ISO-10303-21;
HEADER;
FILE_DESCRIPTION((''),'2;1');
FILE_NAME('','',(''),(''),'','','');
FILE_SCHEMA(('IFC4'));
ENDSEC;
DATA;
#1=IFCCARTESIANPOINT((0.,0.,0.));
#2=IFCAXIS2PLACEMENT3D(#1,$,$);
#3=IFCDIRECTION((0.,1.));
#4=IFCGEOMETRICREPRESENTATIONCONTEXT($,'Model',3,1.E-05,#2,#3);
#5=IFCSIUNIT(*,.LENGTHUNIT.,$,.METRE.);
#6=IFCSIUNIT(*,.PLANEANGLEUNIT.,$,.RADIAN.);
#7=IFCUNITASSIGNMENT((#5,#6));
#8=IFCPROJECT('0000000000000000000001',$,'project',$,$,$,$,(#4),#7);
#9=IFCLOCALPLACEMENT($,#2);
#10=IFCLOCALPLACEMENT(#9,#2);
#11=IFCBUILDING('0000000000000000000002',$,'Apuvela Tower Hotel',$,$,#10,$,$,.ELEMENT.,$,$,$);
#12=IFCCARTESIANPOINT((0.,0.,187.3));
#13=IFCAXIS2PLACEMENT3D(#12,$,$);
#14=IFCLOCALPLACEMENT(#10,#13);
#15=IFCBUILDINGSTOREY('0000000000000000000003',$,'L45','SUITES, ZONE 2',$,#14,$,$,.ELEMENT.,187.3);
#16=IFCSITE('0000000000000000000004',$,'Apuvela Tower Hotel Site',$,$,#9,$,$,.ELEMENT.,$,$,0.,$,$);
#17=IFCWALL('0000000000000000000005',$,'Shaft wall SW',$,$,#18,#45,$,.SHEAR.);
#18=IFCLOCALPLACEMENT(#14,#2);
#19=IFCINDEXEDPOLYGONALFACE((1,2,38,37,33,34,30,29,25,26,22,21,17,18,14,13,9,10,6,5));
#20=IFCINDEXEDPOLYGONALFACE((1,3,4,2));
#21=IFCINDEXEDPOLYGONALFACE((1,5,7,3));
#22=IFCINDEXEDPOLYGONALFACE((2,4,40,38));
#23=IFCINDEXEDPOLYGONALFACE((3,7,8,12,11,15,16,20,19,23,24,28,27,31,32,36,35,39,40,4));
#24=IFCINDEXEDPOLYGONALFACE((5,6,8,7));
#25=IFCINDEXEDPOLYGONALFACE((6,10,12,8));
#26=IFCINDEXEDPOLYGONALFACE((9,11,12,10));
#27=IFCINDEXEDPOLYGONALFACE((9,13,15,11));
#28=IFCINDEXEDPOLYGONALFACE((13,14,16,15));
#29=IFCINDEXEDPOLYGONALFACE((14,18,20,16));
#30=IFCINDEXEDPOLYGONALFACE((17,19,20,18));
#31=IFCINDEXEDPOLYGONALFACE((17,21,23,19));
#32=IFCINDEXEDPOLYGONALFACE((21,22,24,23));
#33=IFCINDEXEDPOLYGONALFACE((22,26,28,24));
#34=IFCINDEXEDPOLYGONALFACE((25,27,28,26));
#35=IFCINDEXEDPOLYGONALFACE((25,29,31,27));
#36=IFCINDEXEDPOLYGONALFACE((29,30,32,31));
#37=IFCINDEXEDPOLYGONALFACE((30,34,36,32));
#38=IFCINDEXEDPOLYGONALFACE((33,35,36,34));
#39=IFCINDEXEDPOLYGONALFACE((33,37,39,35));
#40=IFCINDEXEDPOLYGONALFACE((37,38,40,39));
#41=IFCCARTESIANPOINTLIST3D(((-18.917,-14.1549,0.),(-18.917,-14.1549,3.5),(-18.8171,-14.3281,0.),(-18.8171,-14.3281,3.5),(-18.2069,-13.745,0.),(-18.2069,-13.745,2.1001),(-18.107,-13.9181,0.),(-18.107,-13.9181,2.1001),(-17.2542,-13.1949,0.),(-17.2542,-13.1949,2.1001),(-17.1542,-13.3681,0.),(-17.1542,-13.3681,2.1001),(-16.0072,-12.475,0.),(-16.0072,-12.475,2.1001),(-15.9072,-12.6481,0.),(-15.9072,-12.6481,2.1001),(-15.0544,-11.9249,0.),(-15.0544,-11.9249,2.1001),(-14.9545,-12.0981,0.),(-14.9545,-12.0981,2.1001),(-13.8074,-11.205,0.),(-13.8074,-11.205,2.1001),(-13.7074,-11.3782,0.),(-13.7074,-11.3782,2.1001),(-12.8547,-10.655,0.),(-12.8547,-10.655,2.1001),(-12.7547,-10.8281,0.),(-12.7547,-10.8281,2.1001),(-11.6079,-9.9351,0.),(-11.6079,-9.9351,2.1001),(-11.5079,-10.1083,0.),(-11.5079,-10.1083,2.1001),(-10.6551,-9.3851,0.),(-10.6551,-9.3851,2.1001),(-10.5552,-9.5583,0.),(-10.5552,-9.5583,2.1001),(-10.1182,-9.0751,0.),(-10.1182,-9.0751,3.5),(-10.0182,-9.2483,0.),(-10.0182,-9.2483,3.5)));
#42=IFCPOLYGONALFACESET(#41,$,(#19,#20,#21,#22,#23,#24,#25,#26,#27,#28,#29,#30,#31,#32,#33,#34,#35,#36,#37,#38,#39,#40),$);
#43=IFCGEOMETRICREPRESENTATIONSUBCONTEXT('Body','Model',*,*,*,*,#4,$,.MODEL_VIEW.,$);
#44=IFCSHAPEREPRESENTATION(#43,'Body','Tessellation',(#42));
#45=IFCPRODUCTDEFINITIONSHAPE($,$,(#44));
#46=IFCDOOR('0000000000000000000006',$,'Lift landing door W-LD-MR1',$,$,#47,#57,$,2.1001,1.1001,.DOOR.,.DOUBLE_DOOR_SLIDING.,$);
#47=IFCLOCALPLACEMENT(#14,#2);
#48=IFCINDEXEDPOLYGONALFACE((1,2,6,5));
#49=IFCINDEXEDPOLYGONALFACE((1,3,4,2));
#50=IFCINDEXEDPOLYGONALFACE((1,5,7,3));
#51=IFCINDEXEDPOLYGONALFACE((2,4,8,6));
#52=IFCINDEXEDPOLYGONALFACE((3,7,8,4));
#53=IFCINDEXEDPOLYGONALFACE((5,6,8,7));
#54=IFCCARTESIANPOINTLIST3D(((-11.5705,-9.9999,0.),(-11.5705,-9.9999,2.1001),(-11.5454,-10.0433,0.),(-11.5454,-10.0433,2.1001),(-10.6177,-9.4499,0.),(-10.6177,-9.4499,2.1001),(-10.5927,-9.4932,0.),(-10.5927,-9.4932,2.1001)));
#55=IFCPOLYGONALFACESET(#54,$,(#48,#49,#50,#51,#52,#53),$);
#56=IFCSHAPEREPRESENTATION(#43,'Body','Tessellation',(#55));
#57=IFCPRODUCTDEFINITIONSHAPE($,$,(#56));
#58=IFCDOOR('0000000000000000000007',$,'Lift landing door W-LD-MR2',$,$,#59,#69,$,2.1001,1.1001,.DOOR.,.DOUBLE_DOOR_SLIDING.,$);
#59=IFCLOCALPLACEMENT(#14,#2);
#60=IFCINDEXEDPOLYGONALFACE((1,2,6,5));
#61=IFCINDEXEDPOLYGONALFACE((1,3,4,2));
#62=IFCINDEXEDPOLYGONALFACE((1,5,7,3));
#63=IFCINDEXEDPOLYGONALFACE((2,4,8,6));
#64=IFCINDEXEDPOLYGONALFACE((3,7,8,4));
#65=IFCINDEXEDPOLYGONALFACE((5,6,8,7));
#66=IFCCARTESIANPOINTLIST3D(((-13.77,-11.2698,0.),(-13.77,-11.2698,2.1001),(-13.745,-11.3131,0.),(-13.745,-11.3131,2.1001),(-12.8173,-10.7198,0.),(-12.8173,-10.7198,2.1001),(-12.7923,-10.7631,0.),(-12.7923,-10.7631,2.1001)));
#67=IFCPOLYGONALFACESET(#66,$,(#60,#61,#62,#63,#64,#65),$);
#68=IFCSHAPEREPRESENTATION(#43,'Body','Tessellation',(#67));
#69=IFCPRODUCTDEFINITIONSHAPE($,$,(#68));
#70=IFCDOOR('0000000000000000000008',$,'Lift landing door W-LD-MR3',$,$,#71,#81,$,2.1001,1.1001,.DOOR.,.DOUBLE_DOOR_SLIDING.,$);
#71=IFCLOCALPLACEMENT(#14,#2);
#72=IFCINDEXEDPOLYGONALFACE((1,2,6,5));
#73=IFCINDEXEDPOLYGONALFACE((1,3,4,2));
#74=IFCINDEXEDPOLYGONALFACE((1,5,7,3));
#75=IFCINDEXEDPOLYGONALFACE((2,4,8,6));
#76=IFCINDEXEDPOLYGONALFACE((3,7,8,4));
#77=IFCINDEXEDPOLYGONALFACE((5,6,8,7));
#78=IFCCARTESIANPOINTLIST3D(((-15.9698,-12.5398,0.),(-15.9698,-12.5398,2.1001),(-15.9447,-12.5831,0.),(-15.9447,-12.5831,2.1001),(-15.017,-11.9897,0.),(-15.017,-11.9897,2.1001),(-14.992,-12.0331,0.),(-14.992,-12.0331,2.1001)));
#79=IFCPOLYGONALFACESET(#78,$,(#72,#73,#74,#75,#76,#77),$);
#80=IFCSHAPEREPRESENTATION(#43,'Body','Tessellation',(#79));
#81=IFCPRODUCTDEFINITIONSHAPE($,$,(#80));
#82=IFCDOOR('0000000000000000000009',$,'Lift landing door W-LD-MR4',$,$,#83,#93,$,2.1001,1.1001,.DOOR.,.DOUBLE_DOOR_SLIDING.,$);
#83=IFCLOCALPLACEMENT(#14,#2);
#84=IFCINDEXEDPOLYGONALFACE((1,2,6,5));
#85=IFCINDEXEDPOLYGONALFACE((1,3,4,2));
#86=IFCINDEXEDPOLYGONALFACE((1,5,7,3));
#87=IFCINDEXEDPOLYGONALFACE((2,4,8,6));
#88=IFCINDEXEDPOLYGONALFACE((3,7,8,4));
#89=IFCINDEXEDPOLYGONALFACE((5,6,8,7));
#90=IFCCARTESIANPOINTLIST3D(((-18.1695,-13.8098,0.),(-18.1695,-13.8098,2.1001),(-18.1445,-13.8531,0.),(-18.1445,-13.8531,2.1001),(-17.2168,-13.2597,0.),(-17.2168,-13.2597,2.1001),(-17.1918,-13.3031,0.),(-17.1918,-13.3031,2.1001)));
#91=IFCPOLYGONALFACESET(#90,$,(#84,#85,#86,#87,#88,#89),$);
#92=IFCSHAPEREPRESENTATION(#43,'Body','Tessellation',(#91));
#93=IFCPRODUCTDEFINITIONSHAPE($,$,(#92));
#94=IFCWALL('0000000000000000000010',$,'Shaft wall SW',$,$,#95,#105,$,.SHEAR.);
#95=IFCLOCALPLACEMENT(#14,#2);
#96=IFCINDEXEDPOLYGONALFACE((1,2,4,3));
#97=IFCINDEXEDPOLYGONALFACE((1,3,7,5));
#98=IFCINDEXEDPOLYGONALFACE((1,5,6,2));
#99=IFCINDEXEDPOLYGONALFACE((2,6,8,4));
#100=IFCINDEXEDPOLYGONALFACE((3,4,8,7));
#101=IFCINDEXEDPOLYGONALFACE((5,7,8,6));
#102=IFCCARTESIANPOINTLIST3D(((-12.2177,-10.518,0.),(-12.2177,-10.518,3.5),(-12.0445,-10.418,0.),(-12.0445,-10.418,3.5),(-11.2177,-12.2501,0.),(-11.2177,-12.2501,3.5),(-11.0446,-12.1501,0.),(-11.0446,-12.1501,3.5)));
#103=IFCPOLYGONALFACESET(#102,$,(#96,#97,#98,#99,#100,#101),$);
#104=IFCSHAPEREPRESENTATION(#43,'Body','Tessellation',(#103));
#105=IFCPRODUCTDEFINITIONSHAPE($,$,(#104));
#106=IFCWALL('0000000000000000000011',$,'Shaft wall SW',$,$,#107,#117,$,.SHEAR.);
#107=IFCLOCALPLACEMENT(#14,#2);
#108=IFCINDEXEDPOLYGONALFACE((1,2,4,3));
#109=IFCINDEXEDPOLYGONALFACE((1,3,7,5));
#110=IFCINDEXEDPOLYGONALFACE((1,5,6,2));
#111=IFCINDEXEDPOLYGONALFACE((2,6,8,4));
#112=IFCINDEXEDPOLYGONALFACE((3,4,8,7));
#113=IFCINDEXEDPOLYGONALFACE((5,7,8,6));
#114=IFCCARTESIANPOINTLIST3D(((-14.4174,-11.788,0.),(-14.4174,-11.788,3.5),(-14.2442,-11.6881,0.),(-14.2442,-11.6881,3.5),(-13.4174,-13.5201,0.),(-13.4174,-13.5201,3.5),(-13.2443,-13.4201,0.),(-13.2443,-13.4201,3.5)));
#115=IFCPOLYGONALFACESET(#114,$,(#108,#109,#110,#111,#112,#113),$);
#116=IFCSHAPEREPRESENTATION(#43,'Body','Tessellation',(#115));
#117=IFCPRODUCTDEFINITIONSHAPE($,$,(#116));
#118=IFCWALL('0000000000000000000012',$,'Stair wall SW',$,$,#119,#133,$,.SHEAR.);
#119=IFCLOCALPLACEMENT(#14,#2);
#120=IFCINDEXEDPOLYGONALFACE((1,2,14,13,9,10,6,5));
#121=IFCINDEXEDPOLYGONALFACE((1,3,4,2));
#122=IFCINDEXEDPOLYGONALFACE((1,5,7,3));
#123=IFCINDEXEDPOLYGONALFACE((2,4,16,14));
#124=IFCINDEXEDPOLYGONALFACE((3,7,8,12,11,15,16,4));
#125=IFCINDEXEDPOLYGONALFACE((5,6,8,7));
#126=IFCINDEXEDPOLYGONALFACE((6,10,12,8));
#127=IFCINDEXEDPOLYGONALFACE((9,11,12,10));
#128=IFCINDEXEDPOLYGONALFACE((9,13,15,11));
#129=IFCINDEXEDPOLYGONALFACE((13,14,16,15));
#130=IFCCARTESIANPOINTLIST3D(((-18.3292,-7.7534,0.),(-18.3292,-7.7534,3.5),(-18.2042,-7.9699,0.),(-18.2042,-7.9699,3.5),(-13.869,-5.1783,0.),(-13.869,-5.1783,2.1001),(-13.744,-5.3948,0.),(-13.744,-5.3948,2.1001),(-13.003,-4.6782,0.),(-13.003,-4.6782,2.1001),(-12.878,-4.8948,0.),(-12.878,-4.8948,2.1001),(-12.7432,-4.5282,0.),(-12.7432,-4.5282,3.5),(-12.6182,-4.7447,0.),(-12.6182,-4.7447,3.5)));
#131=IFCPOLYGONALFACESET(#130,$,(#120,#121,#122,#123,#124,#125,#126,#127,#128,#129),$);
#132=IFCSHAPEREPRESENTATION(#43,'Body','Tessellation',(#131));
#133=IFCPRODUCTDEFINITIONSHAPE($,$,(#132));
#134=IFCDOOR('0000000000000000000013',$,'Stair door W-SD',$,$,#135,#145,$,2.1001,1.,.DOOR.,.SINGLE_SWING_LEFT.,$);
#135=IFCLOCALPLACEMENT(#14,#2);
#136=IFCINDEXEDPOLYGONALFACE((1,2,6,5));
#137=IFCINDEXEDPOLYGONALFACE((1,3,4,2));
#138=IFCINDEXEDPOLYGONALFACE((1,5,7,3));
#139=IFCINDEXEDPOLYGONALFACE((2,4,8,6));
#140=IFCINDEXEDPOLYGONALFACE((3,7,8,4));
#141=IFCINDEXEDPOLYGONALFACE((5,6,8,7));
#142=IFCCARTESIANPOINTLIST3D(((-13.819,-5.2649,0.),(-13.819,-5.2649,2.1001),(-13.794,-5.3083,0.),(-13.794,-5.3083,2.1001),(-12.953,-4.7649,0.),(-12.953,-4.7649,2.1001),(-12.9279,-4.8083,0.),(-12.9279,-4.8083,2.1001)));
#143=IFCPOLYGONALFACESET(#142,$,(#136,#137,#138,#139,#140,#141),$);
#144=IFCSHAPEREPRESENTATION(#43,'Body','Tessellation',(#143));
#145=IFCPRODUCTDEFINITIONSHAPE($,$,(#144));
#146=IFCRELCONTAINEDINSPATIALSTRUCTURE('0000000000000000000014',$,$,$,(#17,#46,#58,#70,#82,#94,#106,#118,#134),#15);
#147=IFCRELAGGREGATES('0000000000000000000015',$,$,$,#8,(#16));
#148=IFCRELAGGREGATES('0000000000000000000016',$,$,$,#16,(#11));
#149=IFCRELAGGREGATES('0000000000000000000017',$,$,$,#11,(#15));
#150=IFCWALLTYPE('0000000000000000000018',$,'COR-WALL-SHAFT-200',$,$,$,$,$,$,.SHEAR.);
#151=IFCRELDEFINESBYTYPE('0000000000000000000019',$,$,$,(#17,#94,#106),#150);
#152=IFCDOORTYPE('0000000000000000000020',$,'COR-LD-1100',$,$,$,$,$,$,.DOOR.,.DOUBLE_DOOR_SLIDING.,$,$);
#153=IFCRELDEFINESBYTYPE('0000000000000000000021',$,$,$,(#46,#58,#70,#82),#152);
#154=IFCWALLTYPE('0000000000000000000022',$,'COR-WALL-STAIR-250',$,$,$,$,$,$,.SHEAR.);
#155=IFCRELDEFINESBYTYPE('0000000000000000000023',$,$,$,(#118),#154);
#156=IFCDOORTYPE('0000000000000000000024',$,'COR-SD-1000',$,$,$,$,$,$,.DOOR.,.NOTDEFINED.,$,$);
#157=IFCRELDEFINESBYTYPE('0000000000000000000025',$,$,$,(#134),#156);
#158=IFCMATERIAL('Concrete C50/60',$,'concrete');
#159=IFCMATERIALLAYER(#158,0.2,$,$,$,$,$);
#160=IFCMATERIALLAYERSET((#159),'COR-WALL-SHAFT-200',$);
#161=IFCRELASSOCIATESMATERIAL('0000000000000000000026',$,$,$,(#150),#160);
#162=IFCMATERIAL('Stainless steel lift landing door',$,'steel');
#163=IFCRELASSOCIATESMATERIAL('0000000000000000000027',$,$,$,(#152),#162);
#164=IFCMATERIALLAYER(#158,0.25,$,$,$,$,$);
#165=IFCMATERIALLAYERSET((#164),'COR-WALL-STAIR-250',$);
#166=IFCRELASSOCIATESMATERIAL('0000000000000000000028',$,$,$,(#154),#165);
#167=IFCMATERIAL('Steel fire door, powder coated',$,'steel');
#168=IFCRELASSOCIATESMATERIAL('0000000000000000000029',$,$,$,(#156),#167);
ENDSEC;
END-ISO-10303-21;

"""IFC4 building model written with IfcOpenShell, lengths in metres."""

from ifc_helpers import new_model, si_unit, direction, frame, frame_2d, origin, place, context, subcontext, project, spatial, rectangle, extrude, material, layer, layer_set, type_object, element, fill, save


model = new_model("IFC4")

# Units and contexts
model_context = context("Model", 3, precision=1e-05, world=origin(), true_north=direction((0.0, 1.0)))
body_context = subcontext(model_context, "Body", "Model", "MODEL_VIEW")
ifc_project = project(units=[si_unit("LENGTHUNIT", "METRE"), si_unit("PLANEANGLEUNIT", "RADIAN")], contexts=[model_context])

# Site, building, storey
site_placement = place(None, origin())
site = spatial("IfcSite", under=ifc_project, at=site_placement, Name="Apuvela Tower Hotel Site", CompositionType="ELEMENT", RefElevation=0.0)
building_placement = place(site_placement, origin())
building = spatial("IfcBuilding", under=site, at=building_placement, Name="Apuvela Tower Hotel", CompositionType="ELEMENT")
storey_placement = place(building_placement, frame((0.0, 0.0, 187.3)))
storey = spatial("IfcBuildingStorey", under=building, at=storey_placement, Name="L45", Description="SUITES, ZONE 2", CompositionType="ELEMENT", Elevation=187.3)

# Shared definitions
ifc_material_1 = material(Name="Concrete C50/60", Category="concrete")

# Shared definitions
ifc_layer_1 = layer(ifc_material_1, 0.2)
ifc_layer_set_1 = layer_set([ifc_layer_1], Name="COR-WALL-SHAFT-200")
wall_type_1 = type_object("IfcWallType", Name="COR-WALL-SHAFT-200", PredefinedType="SHEAR", material=ifc_layer_set_1)
ifc_material_2 = material(Name="Stainless steel lift landing door", Category="steel")

# Wall, openings, doors
wall_1_placement = place(storey_placement, frame((-10.0681, -9.1616, 0.0), z_axis=(0.0, 0.0, 1.0), x_axis=(-0.866033, -0.499987, 0.0)))
wall_1 = element("IfcWall", 1, at=wall_1_placement, inside=storey, type_object=wall_type_1, Name="Shaft wall SW", PredefinedType="SHEAR", context=body_context, shape_type="SweptSolid", body=[
    extrude(rectangle(XDim=10.1599, YDim=0.2, at=frame_2d((5.0801, 0.0))), origin(), (0.0, 0.0, 1.0), 3.5),
])
opening_1_placement = place(wall_1_placement, frame((0.6201, 0.0, 0.0)))
opening_1 = element("IfcOpeningElement", 2, at=opening_1_placement, cuts=wall_1, PredefinedType="OPENING", context=body_context, shape_type="SweptSolid", body=[
    extrude(rectangle(XDim=1.1001, YDim=2.1001, at=frame_2d((0.55, 1.05))), frame((0.0, 0.1099, 0.0), z_axis=(0.0, -1.0, 0.0), x_axis=(1.0, 0.0, 0.0)), (0.0, 0.0, 1.0), 0.22),
])
opening_2_placement = place(wall_1_placement, frame((3.1599, 0.0, 0.0)))
opening_2 = element("IfcOpeningElement", 3, at=opening_2_placement, cuts=wall_1, PredefinedType="OPENING", context=body_context, shape_type="SweptSolid", body=[
    extrude(rectangle(XDim=1.1001, YDim=2.1001, at=frame_2d((0.55, 1.05))), frame((0.0, 0.1099, 0.0), z_axis=(0.0, -1.0, 0.0), x_axis=(1.0, 0.0, 0.0)), (0.0, 0.0, 1.0), 0.22),
])
opening_3_placement = place(wall_1_placement, frame((5.7, 0.0, 0.0)))
opening_3 = element("IfcOpeningElement", 4, at=opening_3_placement, cuts=wall_1, PredefinedType="OPENING", context=body_context, shape_type="SweptSolid", body=[
    extrude(rectangle(XDim=1.1001, YDim=2.1001, at=frame_2d((0.55, 1.05))), frame((0.0, 0.1099, 0.0), z_axis=(0.0, -1.0, 0.0), x_axis=(1.0, 0.0, 0.0)), (0.0, 0.0, 1.0), 0.22),
])
opening_4_placement = place(wall_1_placement, frame((8.24, 0.0, 0.0)))
opening_4 = element("IfcOpeningElement", 5, at=opening_4_placement, cuts=wall_1, PredefinedType="OPENING", context=body_context, shape_type="SweptSolid", body=[
    extrude(rectangle(XDim=1.1001, YDim=2.1001, at=frame_2d((0.55, 1.05))), frame((0.0, 0.1099, 0.0), z_axis=(0.0, -1.0, 0.0), x_axis=(1.0, 0.0, 0.0)), (0.0, 0.0, 1.0), 0.22),
])
door_type_1 = type_object("IfcDoorType", Name="COR-LD-1100", OperationType="DOUBLE_DOOR_SLIDING", PredefinedType="DOOR", material=ifc_material_2)
door_1_placement = place(opening_1_placement, origin())
door_1 = element("IfcDoor", 6, at=door_1_placement, inside=storey, type_object=door_type_1, Name="Lift landing door W-LD-MR1", OperationType="DOUBLE_DOOR_SLIDING", OverallHeight=2.1001, OverallWidth=1.1001, PredefinedType="DOOR", context=body_context, shape_type="SweptSolid", body=[
    extrude(rectangle(XDim=1.1001, YDim=2.1001, at=frame_2d((0.55, 1.05))), frame((0.0, 0.0249, 0.0), z_axis=(0.0, -1.0, 0.0), x_axis=(1.0, 0.0, 0.0)), (0.0, 0.0, 1.0), 0.05),
])
fill(opening_1, door_1)
door_2_placement = place(opening_2_placement, origin())
door_2 = element("IfcDoor", 7, at=door_2_placement, inside=storey, type_object=door_type_1, Name="Lift landing door W-LD-MR2", OperationType="DOUBLE_DOOR_SLIDING", OverallHeight=2.1001, OverallWidth=1.1001, PredefinedType="DOOR", context=body_context, shape_type="SweptSolid", body=[
    extrude(rectangle(XDim=1.1001, YDim=2.1001, at=frame_2d((0.55, 1.05))), frame((0.0, 0.0249, 0.0), z_axis=(0.0, -1.0, 0.0), x_axis=(1.0, 0.0, 0.0)), (0.0, 0.0, 1.0), 0.05),
])
fill(opening_2, door_2)
door_3_placement = place(opening_3_placement, origin())
door_3 = element("IfcDoor", 8, at=door_3_placement, inside=storey, type_object=door_type_1, Name="Lift landing door W-LD-MR3", OperationType="DOUBLE_DOOR_SLIDING", OverallHeight=2.1001, OverallWidth=1.1001, PredefinedType="DOOR", context=body_context, shape_type="SweptSolid", body=[
    extrude(rectangle(XDim=1.1001, YDim=2.1001, at=frame_2d((0.55, 1.05))), frame((0.0, 0.0249, 0.0), z_axis=(0.0, -1.0, 0.0), x_axis=(1.0, 0.0, 0.0)), (0.0, 0.0, 1.0), 0.05),
])
fill(opening_3, door_3)
door_4_placement = place(opening_4_placement, origin())
door_4 = element("IfcDoor", 9, at=door_4_placement, inside=storey, type_object=door_type_1, Name="Lift landing door W-LD-MR4", OperationType="DOUBLE_DOOR_SLIDING", OverallHeight=2.1001, OverallWidth=1.1001, PredefinedType="DOOR", context=body_context, shape_type="SweptSolid", body=[
    extrude(rectangle(XDim=1.1001, YDim=2.1001, at=frame_2d((0.55, 1.05))), frame((0.0, 0.0249, 0.0), z_axis=(0.0, -1.0, 0.0), x_axis=(1.0, 0.0, 0.0)), (0.0, 0.0, 1.0), 0.05),
])
fill(opening_4, door_4)

# Walls
for number, where, z_axis, x_axis, name in (
    (10, (-12.1311, -10.468, 0.0), (0.0, 0.0, 1.0), (0.499973, -0.866041, 0.0), "Shaft wall SW"),
    (11, (-14.3308, -11.738, 0.0), (0.0, 0.0, 1.0), (0.499973, -0.866041, 0.0), "Shaft wall SW"),
):
    element("IfcWall", number, at=place(storey_placement, frame(where, z_axis=z_axis, x_axis=x_axis)), inside=storey, type_object=wall_type_1, Name=name, PredefinedType="SHEAR", context=body_context, shape_type="SweptSolid", body=[
        extrude(rectangle(XDim=2.0, YDim=0.2, at=frame_2d((1.0, 0.0))), origin(), (0.0, 0.0, 1.0), 3.5),
    ])

# Wall, opening, door
ifc_layer_2 = layer(ifc_material_1, 0.25)
ifc_layer_set_2 = layer_set([ifc_layer_2], Name="COR-WALL-STAIR-250")
wall_type_2 = type_object("IfcWallType", Name="COR-WALL-STAIR-250", PredefinedType="SHEAR", material=ifc_layer_set_2)
wall_2_placement = place(storey_placement, frame((-12.6807, -4.6365, 0.0), z_axis=(0.0, 0.0, 1.0), x_axis=(-0.866022, -0.500006, 0.0)))
wall_2 = element("IfcWall", 12, at=wall_2_placement, inside=storey, type_object=wall_type_2, Name="Stair wall SW", PredefinedType="SHEAR", context=body_context, shape_type="SweptSolid", body=[
    extrude(rectangle(XDim=6.4502, YDim=0.25, at=frame_2d((3.2251, 0.0))), origin(), (0.0, 0.0, 1.0), 3.5),
])
opening_5_placement = place(wall_2_placement, frame((0.3, 0.0, 0.0)))
opening_5 = element("IfcOpeningElement", 13, at=opening_5_placement, cuts=wall_2, PredefinedType="OPENING", context=body_context, shape_type="SweptSolid", body=[
    extrude(rectangle(XDim=1.0, YDim=2.1001, at=frame_2d((0.5, 1.05))), frame((0.0, 0.135, 0.0), z_axis=(0.0, -1.0, 0.0), x_axis=(1.0, 0.0, 0.0)), (0.0, 0.0, 1.0), 0.27),
])
ifc_material_3 = material(Name="Steel fire door, powder coated", Category="steel")
door_type_2 = type_object("IfcDoorType", Name="COR-SD-1000", OperationType="NOTDEFINED", PredefinedType="DOOR", material=ifc_material_3)
door_5_placement = place(opening_5_placement, frame((1.0, 0.0, 0.0), z_axis=(0.0, 0.0, 1.0), x_axis=(-1.0, 0.0, 0.0)))
door_5 = element("IfcDoor", 14, at=door_5_placement, inside=storey, type_object=door_type_2, Name="Stair door W-SD", OperationType="SINGLE_SWING_LEFT", OverallHeight=2.1001, OverallWidth=1.0, PredefinedType="DOOR", context=body_context, shape_type="SweptSolid", body=[
    extrude(rectangle(XDim=1.0, YDim=2.1001, at=frame_2d((0.5, 1.05))), frame((0.0, 0.0249, 0.0), z_axis=(0.0, -1.0, 0.0), x_axis=(1.0, 0.0, 0.0)), (0.0, 0.0, 1.0), 0.05),
])
fill(opening_5, door_5)

save(model, "model.ifc")
